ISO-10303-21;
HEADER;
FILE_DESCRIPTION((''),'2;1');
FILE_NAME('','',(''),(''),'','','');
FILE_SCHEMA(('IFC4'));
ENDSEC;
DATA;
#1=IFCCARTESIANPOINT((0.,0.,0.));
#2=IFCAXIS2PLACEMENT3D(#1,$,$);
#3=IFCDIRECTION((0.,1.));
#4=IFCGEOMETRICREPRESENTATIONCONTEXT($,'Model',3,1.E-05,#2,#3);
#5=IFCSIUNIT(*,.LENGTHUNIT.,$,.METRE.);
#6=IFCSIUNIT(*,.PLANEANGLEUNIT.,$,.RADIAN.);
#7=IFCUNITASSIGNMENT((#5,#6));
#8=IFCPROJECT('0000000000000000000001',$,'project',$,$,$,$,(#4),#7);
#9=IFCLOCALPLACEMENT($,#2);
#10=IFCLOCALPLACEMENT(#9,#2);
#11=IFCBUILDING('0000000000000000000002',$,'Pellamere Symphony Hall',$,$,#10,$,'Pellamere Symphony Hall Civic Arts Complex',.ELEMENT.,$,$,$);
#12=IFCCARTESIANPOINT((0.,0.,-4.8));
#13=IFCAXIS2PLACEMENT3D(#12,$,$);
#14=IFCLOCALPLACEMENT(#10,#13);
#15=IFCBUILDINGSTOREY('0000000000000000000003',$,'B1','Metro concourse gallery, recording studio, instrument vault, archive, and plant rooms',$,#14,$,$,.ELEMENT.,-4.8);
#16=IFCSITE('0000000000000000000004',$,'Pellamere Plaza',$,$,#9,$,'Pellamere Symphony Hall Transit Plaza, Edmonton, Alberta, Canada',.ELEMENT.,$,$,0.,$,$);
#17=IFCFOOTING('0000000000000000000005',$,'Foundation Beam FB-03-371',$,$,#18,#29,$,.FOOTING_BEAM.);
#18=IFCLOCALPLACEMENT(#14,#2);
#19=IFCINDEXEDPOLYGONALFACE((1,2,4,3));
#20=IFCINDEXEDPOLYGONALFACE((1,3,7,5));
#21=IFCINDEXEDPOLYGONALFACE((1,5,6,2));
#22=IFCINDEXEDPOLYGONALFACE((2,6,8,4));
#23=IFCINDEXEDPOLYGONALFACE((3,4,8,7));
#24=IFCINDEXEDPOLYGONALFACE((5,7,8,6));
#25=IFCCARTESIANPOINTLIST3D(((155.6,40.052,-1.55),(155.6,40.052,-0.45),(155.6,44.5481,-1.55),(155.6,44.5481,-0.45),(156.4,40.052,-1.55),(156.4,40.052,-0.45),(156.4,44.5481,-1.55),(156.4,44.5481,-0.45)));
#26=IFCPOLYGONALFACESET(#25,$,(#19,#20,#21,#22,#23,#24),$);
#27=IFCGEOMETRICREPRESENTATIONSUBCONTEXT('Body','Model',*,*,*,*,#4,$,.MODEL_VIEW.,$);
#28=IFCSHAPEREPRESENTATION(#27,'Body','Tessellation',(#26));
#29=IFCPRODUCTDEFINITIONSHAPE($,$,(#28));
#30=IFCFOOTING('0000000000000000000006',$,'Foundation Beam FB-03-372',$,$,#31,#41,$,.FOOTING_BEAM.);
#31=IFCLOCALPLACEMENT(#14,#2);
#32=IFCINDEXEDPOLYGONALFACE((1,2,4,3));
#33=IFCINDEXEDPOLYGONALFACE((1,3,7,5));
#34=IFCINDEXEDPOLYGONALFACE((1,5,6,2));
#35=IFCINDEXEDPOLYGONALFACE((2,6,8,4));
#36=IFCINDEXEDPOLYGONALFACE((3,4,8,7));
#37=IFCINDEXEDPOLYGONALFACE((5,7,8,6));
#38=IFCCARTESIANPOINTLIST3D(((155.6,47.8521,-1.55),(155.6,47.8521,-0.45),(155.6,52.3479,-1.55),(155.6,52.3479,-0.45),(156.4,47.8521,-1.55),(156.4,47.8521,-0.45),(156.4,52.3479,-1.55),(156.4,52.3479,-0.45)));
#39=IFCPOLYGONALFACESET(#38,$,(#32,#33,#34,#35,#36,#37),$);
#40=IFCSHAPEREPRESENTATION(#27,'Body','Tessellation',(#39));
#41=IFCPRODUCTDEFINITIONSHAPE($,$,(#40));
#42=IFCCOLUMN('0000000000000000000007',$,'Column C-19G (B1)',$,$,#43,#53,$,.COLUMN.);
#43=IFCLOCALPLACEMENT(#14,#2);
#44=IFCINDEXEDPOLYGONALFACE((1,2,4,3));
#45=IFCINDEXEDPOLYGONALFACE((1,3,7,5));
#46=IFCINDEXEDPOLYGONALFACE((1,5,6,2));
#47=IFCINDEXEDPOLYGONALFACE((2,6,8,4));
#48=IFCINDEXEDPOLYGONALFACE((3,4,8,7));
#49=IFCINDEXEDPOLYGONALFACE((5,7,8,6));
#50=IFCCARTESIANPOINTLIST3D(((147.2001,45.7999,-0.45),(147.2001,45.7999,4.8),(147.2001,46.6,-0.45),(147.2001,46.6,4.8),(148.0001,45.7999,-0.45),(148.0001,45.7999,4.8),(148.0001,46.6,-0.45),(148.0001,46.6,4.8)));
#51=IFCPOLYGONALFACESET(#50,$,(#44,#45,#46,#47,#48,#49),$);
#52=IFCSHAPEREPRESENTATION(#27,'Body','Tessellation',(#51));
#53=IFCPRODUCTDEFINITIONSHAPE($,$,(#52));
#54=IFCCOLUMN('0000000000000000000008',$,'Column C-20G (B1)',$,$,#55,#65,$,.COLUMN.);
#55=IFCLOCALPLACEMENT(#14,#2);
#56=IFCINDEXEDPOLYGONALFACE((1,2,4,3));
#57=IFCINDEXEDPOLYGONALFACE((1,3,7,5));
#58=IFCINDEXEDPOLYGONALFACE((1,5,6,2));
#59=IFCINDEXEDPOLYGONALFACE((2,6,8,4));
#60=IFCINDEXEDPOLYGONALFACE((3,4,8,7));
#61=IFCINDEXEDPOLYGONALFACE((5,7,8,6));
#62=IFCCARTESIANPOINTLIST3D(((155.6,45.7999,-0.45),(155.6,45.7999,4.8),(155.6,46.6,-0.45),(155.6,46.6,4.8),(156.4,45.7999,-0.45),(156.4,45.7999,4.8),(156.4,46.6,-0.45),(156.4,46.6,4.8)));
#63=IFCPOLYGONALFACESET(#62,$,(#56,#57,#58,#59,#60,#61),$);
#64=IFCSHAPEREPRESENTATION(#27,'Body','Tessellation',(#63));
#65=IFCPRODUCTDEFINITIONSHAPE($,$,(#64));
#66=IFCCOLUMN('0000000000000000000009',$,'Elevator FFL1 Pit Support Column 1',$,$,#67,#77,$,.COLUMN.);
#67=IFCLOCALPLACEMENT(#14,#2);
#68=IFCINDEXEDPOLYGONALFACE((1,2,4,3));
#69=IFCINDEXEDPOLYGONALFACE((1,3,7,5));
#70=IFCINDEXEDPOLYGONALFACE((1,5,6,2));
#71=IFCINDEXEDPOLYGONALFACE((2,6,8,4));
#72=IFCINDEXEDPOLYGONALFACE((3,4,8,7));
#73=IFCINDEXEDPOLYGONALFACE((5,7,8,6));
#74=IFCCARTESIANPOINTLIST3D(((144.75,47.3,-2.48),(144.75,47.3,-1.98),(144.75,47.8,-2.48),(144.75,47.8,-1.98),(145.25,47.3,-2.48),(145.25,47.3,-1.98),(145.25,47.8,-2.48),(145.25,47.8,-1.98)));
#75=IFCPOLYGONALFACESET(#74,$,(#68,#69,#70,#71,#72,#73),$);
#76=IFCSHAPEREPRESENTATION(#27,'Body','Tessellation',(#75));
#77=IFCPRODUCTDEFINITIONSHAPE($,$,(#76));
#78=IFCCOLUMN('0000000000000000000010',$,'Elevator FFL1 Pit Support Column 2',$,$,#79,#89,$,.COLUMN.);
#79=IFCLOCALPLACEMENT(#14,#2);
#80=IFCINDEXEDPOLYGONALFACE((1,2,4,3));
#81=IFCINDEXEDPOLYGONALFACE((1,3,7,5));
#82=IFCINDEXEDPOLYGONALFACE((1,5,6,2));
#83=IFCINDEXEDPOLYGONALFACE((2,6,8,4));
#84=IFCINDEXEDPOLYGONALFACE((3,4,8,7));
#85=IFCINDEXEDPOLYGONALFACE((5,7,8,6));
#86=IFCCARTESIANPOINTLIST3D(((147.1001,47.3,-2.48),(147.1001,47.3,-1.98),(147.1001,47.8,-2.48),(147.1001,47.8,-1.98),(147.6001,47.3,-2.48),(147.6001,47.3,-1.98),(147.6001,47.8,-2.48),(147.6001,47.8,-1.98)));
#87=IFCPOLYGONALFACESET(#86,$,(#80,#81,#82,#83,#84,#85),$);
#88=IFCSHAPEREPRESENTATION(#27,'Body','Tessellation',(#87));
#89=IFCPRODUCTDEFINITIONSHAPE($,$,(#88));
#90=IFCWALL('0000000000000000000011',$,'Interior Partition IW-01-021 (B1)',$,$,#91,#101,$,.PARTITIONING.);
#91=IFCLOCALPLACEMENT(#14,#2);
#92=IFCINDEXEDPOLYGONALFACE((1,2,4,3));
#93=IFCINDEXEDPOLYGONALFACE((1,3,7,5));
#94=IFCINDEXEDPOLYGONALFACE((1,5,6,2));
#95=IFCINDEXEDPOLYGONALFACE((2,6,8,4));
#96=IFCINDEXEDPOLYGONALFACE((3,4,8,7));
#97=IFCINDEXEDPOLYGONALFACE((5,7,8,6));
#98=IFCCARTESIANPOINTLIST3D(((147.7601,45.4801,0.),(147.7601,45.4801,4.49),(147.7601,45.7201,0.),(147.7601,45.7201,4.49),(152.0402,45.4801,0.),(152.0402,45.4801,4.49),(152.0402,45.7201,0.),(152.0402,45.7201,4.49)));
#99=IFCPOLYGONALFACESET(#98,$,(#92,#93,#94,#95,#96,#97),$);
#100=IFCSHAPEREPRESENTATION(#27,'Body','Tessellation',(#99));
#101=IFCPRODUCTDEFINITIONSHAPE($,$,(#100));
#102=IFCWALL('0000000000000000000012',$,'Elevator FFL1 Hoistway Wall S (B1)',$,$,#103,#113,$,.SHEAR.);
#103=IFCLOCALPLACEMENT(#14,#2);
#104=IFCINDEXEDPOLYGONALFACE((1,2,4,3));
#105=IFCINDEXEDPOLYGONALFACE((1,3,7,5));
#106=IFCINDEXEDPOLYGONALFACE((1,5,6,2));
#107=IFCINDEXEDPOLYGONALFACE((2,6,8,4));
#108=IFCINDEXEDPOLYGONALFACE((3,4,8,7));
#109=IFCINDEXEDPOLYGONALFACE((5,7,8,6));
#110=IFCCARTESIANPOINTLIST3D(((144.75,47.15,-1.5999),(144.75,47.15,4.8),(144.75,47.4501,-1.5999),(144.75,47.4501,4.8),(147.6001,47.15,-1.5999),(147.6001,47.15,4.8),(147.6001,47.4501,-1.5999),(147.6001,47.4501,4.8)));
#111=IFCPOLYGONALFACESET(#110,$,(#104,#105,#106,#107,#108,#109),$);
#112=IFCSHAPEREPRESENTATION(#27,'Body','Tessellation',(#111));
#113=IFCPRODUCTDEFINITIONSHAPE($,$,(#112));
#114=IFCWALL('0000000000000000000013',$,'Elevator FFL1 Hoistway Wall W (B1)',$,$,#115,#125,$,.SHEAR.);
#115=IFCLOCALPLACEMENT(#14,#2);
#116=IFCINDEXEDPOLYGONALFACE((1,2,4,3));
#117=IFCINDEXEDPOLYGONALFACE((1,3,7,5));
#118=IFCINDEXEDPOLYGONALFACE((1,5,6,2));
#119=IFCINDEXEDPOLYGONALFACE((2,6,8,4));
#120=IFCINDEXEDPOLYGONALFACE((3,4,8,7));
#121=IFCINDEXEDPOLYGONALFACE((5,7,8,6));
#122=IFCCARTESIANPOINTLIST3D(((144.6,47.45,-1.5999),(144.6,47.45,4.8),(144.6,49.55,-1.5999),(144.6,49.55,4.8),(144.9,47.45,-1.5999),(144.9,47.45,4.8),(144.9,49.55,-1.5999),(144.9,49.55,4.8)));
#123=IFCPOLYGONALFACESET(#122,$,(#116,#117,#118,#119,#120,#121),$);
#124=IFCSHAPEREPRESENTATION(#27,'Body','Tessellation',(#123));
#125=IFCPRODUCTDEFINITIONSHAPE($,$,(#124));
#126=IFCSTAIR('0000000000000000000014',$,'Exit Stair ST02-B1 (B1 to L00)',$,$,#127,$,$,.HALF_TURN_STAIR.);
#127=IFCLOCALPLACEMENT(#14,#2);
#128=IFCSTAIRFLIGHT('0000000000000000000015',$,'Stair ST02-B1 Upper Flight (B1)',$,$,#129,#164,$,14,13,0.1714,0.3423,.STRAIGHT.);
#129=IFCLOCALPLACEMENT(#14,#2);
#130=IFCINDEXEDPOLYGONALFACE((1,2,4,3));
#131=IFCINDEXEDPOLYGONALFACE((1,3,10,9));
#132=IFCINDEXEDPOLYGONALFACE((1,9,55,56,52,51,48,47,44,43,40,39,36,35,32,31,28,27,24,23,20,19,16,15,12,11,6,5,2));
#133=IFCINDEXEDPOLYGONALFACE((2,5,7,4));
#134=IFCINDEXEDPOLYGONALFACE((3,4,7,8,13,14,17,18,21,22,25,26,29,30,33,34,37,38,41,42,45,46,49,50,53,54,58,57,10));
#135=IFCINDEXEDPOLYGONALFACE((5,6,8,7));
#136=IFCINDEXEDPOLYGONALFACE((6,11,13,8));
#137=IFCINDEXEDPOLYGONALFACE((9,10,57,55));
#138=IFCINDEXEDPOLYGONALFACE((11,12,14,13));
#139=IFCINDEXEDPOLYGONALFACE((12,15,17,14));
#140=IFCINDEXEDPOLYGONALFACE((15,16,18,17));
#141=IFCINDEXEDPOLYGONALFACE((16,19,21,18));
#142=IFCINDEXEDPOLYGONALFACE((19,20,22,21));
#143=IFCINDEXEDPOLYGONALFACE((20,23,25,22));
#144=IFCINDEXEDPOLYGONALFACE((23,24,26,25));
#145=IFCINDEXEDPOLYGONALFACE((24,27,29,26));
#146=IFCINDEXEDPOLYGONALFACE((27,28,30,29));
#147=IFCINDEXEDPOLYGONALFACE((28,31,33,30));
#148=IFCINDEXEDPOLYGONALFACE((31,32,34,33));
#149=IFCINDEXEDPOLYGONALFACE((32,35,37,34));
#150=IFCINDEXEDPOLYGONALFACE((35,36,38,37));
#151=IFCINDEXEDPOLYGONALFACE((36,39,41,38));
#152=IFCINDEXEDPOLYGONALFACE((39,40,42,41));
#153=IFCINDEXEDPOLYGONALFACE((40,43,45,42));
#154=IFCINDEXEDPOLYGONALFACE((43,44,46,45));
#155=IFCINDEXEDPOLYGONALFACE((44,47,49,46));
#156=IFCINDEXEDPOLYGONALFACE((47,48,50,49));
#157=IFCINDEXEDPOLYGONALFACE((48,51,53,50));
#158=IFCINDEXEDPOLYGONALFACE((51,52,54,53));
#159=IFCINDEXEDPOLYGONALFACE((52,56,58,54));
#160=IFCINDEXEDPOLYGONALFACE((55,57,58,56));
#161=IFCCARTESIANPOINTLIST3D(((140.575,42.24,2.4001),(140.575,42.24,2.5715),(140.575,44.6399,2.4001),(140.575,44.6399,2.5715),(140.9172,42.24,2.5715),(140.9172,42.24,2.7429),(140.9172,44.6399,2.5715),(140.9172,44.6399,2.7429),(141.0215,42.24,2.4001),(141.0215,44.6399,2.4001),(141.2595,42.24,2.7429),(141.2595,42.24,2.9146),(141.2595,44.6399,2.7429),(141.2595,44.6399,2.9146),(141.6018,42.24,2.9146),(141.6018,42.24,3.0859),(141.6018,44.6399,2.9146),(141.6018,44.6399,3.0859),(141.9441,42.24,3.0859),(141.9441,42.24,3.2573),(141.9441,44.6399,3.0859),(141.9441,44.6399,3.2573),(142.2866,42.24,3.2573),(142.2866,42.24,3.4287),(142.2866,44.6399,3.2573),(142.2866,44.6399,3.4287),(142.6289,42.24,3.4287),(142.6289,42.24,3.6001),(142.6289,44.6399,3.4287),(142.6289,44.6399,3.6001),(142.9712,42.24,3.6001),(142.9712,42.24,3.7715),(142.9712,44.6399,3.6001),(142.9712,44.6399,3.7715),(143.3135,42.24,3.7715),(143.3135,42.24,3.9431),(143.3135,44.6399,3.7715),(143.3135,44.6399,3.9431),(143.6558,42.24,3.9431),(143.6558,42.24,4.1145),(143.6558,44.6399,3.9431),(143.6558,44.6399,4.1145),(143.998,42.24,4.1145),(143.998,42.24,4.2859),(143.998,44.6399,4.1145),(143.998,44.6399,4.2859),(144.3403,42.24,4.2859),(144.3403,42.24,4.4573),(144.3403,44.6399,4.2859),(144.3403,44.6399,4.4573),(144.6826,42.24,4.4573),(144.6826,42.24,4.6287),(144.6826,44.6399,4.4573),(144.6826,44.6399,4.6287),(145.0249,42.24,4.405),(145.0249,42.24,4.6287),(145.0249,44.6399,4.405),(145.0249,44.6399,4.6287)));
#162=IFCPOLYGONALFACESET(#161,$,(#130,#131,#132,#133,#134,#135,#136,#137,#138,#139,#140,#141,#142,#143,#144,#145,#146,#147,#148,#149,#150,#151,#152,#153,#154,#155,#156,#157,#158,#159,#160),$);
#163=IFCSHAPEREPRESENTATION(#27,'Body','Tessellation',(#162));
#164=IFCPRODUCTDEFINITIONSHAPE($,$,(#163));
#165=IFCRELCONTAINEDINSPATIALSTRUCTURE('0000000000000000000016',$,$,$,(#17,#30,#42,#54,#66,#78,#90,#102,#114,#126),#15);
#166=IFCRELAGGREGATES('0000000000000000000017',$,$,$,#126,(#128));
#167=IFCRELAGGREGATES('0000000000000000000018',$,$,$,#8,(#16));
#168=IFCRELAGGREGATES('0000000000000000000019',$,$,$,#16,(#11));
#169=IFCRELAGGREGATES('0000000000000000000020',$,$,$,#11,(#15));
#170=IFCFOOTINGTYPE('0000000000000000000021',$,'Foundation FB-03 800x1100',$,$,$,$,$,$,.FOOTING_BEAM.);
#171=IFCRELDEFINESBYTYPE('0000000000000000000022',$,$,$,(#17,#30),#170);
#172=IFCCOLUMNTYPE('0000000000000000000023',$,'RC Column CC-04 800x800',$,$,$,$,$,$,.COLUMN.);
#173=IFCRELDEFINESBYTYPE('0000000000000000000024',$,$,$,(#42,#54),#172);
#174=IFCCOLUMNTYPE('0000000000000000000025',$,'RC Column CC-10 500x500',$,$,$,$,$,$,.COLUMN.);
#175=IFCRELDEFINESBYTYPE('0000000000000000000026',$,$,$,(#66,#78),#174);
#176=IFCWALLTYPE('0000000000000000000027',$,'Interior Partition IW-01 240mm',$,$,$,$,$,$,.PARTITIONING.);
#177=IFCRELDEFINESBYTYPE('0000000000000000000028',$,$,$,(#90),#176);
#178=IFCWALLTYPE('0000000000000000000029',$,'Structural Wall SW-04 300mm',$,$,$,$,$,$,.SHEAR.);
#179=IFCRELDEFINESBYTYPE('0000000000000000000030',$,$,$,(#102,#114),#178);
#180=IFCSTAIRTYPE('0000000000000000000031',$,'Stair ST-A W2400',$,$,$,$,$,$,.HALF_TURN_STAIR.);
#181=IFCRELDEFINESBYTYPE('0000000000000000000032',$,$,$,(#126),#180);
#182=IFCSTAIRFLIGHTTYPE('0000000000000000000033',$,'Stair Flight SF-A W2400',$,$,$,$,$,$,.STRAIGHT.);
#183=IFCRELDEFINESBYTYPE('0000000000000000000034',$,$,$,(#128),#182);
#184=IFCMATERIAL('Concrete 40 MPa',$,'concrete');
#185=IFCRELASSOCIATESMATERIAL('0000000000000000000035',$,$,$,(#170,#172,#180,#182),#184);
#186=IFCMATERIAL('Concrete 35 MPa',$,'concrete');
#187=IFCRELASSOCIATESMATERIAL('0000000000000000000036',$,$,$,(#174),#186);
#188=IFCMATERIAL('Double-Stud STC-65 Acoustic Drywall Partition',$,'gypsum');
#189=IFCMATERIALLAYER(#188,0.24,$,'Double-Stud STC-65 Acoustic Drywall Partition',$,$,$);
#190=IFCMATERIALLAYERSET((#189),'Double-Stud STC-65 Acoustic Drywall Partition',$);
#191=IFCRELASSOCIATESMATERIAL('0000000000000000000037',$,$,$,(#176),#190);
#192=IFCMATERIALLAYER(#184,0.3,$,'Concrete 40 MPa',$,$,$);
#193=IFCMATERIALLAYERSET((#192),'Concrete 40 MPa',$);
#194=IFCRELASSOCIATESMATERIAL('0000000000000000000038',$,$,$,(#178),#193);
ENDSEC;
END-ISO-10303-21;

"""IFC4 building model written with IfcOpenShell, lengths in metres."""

from ifc_helpers import new_model, si_unit, direction, frame, frame_2d, origin, origin_2d, place, context, subcontext, project, spatial, polyline, rectangle, outline, extrude, material, layer, layer_set, material_profile, profile_set, type_object, element, aggregate, save


model = new_model("IFC4")

# Units and contexts
model_context = context("Model", 3, precision=1e-05, world=origin(), true_north=direction((0.0, 1.0)))
body_context = subcontext(model_context, "Body", "Model", "MODEL_VIEW")
ifc_project = project(units=[si_unit("LENGTHUNIT", "METRE"), si_unit("PLANEANGLEUNIT", "RADIAN")], contexts=[model_context])

# Site, building, storey
site_placement = place(None, origin())
site = spatial("IfcSite", under=ifc_project, at=site_placement, Name="Pellamere Plaza", LongName="Pellamere Symphony Hall Transit Plaza, Edmonton, Alberta, Canada", CompositionType="ELEMENT", RefElevation=0.0)
building_placement = place(site_placement, origin())
building = spatial("IfcBuilding", under=site, at=building_placement, Name="Pellamere Symphony Hall", LongName="Pellamere Symphony Hall Civic Arts Complex", CompositionType="ELEMENT")
storey_placement = place(building_placement, frame((0.0, 0.0, -4.8)))
storey = spatial("IfcBuildingStorey", under=building, at=storey_placement, Name="B1", Description="Metro concourse gallery, recording studio, instrument vault, archive, and plant rooms", CompositionType="ELEMENT", Elevation=-4.8)

# Shared definitions
ifc_material_1 = material(Name="Concrete 40 MPa", Category="concrete")
ifc_material_2 = material(Name="Concrete 35 MPa", Category="concrete")

# Footings
ifc_material_profile_1 = material_profile(ifc_material_1, rectangle(XDim=0.8, YDim=1.1001, at=origin_2d()), Name="RC 800x1100")
ifc_profile_set_1 = profile_set([ifc_material_profile_1], Name="Concrete 40 MPa")
footing_type_1 = type_object("IfcFootingType", Name="Foundation FB-03 800x1100", PredefinedType="FOOTING_BEAM", material=ifc_profile_set_1)
footing_1_placement = place(storey_placement, frame((156.0, 40.052, -1.0), z_axis=(0.0, 1.0, 0.0), x_axis=(-1.0, 0.0, 0.0)))
element("IfcFooting", 1, at=footing_1_placement, inside=storey, type_object=footing_type_1, Name="Foundation Beam FB-03-371", PredefinedType="FOOTING_BEAM", context=body_context, shape_type="SweptSolid", body=[
    extrude(rectangle(XDim=0.8, YDim=1.1001, at=origin_2d()), origin(), (0.0, 0.0, 1.0), 4.4961),
])
footing_2_placement = place(storey_placement, frame((156.0, 47.8521, -1.0), z_axis=(0.0, 1.0, 0.0), x_axis=(-1.0, 0.0, 0.0)))
element("IfcFooting", 2, at=footing_2_placement, inside=storey, type_object=footing_type_1, Name="Foundation Beam FB-03-372", PredefinedType="FOOTING_BEAM", context=body_context, shape_type="SweptSolid", body=[
    extrude(rectangle(XDim=0.8, YDim=1.1001, at=origin_2d()), origin(), (0.0, 0.0, 1.0), 4.4958),
])

# Columns
ifc_material_profile_2 = material_profile(ifc_material_1, rectangle(XDim=0.8, YDim=0.8, at=origin_2d()), Name="RC 800x800")
ifc_profile_set_2 = profile_set([ifc_material_profile_2], Name="Concrete 40 MPa")
column_type_1 = type_object("IfcColumnType", Name="RC Column CC-04 800x800", PredefinedType="COLUMN", material=ifc_profile_set_2)
for number, where, z_axis, x_axis, name in (
    (3, (147.6001, 46.2, -0.45), (0.0, 0.0, 1.0), (1.0, 0.0, 0.0), "Column C-19G (B1)"),
    (4, (156.0, 46.2, -0.45), (0.0, 0.0, 1.0), (1.0, 0.0, 0.0), "Column C-20G (B1)"),
):
    element("IfcColumn", number, at=place(storey_placement, frame(where, z_axis=z_axis, x_axis=x_axis)), inside=storey, type_object=column_type_1, Name=name, PredefinedType="COLUMN", context=body_context, shape_type="SweptSolid", body=[
        extrude(rectangle(XDim=0.8, YDim=0.8, at=origin_2d()), origin(), (0.0, 0.0, 1.0), 5.25),
    ])
ifc_material_profile_3 = material_profile(ifc_material_2, rectangle(XDim=0.5, YDim=0.5, at=origin_2d()), Name="RC 500x500")
ifc_profile_set_3 = profile_set([ifc_material_profile_3], Name="Concrete 35 MPa")
column_type_2 = type_object("IfcColumnType", Name="RC Column CC-10 500x500", PredefinedType="COLUMN", material=ifc_profile_set_3)
for number, where, z_axis, x_axis, name in (
    (5, (145.0, 47.55, -2.48), (0.0, 0.0, 1.0), (1.0, 0.0, 0.0), "Elevator FFL1 Pit Support Column 1"),
    (6, (147.3501, 47.55, -2.48), (0.0, 0.0, 1.0), (1.0, 0.0, 0.0), "Elevator FFL1 Pit Support Column 2"),
):
    element("IfcColumn", number, at=place(storey_placement, frame(where, z_axis=z_axis, x_axis=x_axis)), inside=storey, type_object=column_type_2, Name=name, PredefinedType="COLUMN", context=body_context, shape_type="SweptSolid", body=[
        extrude(rectangle(XDim=0.5, YDim=0.5, at=origin_2d()), origin(), (0.0, 0.0, 1.0), 0.5),
    ])

# Walls
ifc_material_3 = material(Name="Double-Stud STC-65 Acoustic Drywall Partition", Category="gypsum")
ifc_layer_1 = layer(ifc_material_3, 0.24, Name="Double-Stud STC-65 Acoustic Drywall Partition")
ifc_layer_set_1 = layer_set([ifc_layer_1], Name="Double-Stud STC-65 Acoustic Drywall Partition")
wall_type_1 = type_object("IfcWallType", Name="Interior Partition IW-01 240mm", PredefinedType="PARTITIONING", material=ifc_layer_set_1)
wall_1_placement = place(storey_placement, frame((147.76, 45.6001, 0.0), z_axis=(0.0, 0.0, 1.0), x_axis=(1.0, 0.0, 0.0)))
element("IfcWall", 7, at=wall_1_placement, inside=storey, type_object=wall_type_1, Name="Interior Partition IW-01-021 (B1)", PredefinedType="PARTITIONING", context=body_context, shape_type="SweptSolid", body=[
    extrude(rectangle(XDim=4.28, YDim=0.24, at=frame_2d((2.1401, 0.0))), origin(), (0.0, 0.0, 1.0), 4.49),
])
ifc_layer_2 = layer(ifc_material_1, 0.3, Name="Concrete 40 MPa")
ifc_layer_set_2 = layer_set([ifc_layer_2], Name="Concrete 40 MPa")
wall_type_2 = type_object("IfcWallType", Name="Structural Wall SW-04 300mm", PredefinedType="SHEAR", material=ifc_layer_set_2)
wall_2_placement = place(storey_placement, frame((144.75, 47.3, -1.5999), z_axis=(0.0, 0.0, 1.0), x_axis=(1.0, 0.0, 0.0)))
element("IfcWall", 8, at=wall_2_placement, inside=storey, type_object=wall_type_2, Name="Elevator FFL1 Hoistway Wall S (B1)", PredefinedType="SHEAR", context=body_context, shape_type="SweptSolid", body=[
    extrude(rectangle(XDim=2.8501, YDim=0.3, at=frame_2d((1.425, 0.0))), origin(), (0.0, 0.0, 1.0), 6.3999),
])
wall_3_placement = place(storey_placement, frame((144.75, 47.45, -1.5999), z_axis=(0.0, 0.0, 1.0), x_axis=(0.0, 1.0, 0.0)))
element("IfcWall", 9, at=wall_3_placement, inside=storey, type_object=wall_type_2, Name="Elevator FFL1 Hoistway Wall W (B1)", PredefinedType="SHEAR", context=body_context, shape_type="SweptSolid", body=[
    extrude(rectangle(XDim=2.1001, YDim=0.3, at=frame_2d((1.05, 0.0))), origin(), (0.0, 0.0, 1.0), 6.3999),
])

# Stair, stair flight
stair_type = type_object("IfcStairType", Name="Stair ST-A W2400", PredefinedType="HALF_TURN_STAIR", material=ifc_material_1)
stair_placement = place(storey_placement, origin())
stair = element("IfcStair", 10, at=stair_placement, inside=storey, type_object=stair_type, Name="Exit Stair ST02-B1 (B1 to L00)", PredefinedType="HALF_TURN_STAIR")
stair_flight_type = type_object("IfcStairFlightType", Name="Stair Flight SF-A W2400", PredefinedType="STRAIGHT", material=ifc_material_1)
stair_flight_placement = place(storey_placement, frame((140.575, 43.4399, 2.4001), z_axis=(0.0, 0.0, 1.0), x_axis=(1.0, 0.0, 0.0)))
stair_flight = element("IfcStairFlight", 11, at=stair_flight_placement, type_object=stair_flight_type, Name="Stair ST02-B1 Upper Flight (B1)", NumberOfRisers=14, NumberOfTreads=13, PredefinedType="STRAIGHT", RiserHeight=0.1714, TreadLength=0.3423, context=body_context, shape_type="SweptSolid", body=[
    extrude(outline(polyline([(0.0, 0.0), (0.0, 0.1714), (0.3423, 0.1714), (0.3423, 0.3428), (0.6846, 0.3428), (0.6846, 0.5144), (1.0269, 0.5144), (1.0269, 0.6858), (1.3691, 0.6858), (1.3691, 0.8572), (1.7117, 0.8572), (1.7117, 1.0286), (2.054, 1.0286), (2.054, 1.2), (2.3962, 1.2), (2.3962, 1.3713), (2.7385, 1.3713), (2.7385, 1.543), (3.0808, 1.543), (3.0808, 1.7144), (3.4231, 1.7144), (3.4231, 1.8857), (3.7654, 1.8857), (3.7654, 2.0571), (4.1077, 2.0571), (4.1077, 2.2285), (4.45, 2.2285), (4.45, 2.3999), (4.45, 2.0049), (0.4465, 0.0), (0.0, 0.0)])), frame((0.0, 1.2, 0.0), z_axis=(0.0, -1.0, 0.0), x_axis=(1.0, 0.0, 0.0)), (0.0, 0.0, 1.0), 2.3999),
])
aggregate(stair, [stair_flight])

save(model, "model.ifc")
